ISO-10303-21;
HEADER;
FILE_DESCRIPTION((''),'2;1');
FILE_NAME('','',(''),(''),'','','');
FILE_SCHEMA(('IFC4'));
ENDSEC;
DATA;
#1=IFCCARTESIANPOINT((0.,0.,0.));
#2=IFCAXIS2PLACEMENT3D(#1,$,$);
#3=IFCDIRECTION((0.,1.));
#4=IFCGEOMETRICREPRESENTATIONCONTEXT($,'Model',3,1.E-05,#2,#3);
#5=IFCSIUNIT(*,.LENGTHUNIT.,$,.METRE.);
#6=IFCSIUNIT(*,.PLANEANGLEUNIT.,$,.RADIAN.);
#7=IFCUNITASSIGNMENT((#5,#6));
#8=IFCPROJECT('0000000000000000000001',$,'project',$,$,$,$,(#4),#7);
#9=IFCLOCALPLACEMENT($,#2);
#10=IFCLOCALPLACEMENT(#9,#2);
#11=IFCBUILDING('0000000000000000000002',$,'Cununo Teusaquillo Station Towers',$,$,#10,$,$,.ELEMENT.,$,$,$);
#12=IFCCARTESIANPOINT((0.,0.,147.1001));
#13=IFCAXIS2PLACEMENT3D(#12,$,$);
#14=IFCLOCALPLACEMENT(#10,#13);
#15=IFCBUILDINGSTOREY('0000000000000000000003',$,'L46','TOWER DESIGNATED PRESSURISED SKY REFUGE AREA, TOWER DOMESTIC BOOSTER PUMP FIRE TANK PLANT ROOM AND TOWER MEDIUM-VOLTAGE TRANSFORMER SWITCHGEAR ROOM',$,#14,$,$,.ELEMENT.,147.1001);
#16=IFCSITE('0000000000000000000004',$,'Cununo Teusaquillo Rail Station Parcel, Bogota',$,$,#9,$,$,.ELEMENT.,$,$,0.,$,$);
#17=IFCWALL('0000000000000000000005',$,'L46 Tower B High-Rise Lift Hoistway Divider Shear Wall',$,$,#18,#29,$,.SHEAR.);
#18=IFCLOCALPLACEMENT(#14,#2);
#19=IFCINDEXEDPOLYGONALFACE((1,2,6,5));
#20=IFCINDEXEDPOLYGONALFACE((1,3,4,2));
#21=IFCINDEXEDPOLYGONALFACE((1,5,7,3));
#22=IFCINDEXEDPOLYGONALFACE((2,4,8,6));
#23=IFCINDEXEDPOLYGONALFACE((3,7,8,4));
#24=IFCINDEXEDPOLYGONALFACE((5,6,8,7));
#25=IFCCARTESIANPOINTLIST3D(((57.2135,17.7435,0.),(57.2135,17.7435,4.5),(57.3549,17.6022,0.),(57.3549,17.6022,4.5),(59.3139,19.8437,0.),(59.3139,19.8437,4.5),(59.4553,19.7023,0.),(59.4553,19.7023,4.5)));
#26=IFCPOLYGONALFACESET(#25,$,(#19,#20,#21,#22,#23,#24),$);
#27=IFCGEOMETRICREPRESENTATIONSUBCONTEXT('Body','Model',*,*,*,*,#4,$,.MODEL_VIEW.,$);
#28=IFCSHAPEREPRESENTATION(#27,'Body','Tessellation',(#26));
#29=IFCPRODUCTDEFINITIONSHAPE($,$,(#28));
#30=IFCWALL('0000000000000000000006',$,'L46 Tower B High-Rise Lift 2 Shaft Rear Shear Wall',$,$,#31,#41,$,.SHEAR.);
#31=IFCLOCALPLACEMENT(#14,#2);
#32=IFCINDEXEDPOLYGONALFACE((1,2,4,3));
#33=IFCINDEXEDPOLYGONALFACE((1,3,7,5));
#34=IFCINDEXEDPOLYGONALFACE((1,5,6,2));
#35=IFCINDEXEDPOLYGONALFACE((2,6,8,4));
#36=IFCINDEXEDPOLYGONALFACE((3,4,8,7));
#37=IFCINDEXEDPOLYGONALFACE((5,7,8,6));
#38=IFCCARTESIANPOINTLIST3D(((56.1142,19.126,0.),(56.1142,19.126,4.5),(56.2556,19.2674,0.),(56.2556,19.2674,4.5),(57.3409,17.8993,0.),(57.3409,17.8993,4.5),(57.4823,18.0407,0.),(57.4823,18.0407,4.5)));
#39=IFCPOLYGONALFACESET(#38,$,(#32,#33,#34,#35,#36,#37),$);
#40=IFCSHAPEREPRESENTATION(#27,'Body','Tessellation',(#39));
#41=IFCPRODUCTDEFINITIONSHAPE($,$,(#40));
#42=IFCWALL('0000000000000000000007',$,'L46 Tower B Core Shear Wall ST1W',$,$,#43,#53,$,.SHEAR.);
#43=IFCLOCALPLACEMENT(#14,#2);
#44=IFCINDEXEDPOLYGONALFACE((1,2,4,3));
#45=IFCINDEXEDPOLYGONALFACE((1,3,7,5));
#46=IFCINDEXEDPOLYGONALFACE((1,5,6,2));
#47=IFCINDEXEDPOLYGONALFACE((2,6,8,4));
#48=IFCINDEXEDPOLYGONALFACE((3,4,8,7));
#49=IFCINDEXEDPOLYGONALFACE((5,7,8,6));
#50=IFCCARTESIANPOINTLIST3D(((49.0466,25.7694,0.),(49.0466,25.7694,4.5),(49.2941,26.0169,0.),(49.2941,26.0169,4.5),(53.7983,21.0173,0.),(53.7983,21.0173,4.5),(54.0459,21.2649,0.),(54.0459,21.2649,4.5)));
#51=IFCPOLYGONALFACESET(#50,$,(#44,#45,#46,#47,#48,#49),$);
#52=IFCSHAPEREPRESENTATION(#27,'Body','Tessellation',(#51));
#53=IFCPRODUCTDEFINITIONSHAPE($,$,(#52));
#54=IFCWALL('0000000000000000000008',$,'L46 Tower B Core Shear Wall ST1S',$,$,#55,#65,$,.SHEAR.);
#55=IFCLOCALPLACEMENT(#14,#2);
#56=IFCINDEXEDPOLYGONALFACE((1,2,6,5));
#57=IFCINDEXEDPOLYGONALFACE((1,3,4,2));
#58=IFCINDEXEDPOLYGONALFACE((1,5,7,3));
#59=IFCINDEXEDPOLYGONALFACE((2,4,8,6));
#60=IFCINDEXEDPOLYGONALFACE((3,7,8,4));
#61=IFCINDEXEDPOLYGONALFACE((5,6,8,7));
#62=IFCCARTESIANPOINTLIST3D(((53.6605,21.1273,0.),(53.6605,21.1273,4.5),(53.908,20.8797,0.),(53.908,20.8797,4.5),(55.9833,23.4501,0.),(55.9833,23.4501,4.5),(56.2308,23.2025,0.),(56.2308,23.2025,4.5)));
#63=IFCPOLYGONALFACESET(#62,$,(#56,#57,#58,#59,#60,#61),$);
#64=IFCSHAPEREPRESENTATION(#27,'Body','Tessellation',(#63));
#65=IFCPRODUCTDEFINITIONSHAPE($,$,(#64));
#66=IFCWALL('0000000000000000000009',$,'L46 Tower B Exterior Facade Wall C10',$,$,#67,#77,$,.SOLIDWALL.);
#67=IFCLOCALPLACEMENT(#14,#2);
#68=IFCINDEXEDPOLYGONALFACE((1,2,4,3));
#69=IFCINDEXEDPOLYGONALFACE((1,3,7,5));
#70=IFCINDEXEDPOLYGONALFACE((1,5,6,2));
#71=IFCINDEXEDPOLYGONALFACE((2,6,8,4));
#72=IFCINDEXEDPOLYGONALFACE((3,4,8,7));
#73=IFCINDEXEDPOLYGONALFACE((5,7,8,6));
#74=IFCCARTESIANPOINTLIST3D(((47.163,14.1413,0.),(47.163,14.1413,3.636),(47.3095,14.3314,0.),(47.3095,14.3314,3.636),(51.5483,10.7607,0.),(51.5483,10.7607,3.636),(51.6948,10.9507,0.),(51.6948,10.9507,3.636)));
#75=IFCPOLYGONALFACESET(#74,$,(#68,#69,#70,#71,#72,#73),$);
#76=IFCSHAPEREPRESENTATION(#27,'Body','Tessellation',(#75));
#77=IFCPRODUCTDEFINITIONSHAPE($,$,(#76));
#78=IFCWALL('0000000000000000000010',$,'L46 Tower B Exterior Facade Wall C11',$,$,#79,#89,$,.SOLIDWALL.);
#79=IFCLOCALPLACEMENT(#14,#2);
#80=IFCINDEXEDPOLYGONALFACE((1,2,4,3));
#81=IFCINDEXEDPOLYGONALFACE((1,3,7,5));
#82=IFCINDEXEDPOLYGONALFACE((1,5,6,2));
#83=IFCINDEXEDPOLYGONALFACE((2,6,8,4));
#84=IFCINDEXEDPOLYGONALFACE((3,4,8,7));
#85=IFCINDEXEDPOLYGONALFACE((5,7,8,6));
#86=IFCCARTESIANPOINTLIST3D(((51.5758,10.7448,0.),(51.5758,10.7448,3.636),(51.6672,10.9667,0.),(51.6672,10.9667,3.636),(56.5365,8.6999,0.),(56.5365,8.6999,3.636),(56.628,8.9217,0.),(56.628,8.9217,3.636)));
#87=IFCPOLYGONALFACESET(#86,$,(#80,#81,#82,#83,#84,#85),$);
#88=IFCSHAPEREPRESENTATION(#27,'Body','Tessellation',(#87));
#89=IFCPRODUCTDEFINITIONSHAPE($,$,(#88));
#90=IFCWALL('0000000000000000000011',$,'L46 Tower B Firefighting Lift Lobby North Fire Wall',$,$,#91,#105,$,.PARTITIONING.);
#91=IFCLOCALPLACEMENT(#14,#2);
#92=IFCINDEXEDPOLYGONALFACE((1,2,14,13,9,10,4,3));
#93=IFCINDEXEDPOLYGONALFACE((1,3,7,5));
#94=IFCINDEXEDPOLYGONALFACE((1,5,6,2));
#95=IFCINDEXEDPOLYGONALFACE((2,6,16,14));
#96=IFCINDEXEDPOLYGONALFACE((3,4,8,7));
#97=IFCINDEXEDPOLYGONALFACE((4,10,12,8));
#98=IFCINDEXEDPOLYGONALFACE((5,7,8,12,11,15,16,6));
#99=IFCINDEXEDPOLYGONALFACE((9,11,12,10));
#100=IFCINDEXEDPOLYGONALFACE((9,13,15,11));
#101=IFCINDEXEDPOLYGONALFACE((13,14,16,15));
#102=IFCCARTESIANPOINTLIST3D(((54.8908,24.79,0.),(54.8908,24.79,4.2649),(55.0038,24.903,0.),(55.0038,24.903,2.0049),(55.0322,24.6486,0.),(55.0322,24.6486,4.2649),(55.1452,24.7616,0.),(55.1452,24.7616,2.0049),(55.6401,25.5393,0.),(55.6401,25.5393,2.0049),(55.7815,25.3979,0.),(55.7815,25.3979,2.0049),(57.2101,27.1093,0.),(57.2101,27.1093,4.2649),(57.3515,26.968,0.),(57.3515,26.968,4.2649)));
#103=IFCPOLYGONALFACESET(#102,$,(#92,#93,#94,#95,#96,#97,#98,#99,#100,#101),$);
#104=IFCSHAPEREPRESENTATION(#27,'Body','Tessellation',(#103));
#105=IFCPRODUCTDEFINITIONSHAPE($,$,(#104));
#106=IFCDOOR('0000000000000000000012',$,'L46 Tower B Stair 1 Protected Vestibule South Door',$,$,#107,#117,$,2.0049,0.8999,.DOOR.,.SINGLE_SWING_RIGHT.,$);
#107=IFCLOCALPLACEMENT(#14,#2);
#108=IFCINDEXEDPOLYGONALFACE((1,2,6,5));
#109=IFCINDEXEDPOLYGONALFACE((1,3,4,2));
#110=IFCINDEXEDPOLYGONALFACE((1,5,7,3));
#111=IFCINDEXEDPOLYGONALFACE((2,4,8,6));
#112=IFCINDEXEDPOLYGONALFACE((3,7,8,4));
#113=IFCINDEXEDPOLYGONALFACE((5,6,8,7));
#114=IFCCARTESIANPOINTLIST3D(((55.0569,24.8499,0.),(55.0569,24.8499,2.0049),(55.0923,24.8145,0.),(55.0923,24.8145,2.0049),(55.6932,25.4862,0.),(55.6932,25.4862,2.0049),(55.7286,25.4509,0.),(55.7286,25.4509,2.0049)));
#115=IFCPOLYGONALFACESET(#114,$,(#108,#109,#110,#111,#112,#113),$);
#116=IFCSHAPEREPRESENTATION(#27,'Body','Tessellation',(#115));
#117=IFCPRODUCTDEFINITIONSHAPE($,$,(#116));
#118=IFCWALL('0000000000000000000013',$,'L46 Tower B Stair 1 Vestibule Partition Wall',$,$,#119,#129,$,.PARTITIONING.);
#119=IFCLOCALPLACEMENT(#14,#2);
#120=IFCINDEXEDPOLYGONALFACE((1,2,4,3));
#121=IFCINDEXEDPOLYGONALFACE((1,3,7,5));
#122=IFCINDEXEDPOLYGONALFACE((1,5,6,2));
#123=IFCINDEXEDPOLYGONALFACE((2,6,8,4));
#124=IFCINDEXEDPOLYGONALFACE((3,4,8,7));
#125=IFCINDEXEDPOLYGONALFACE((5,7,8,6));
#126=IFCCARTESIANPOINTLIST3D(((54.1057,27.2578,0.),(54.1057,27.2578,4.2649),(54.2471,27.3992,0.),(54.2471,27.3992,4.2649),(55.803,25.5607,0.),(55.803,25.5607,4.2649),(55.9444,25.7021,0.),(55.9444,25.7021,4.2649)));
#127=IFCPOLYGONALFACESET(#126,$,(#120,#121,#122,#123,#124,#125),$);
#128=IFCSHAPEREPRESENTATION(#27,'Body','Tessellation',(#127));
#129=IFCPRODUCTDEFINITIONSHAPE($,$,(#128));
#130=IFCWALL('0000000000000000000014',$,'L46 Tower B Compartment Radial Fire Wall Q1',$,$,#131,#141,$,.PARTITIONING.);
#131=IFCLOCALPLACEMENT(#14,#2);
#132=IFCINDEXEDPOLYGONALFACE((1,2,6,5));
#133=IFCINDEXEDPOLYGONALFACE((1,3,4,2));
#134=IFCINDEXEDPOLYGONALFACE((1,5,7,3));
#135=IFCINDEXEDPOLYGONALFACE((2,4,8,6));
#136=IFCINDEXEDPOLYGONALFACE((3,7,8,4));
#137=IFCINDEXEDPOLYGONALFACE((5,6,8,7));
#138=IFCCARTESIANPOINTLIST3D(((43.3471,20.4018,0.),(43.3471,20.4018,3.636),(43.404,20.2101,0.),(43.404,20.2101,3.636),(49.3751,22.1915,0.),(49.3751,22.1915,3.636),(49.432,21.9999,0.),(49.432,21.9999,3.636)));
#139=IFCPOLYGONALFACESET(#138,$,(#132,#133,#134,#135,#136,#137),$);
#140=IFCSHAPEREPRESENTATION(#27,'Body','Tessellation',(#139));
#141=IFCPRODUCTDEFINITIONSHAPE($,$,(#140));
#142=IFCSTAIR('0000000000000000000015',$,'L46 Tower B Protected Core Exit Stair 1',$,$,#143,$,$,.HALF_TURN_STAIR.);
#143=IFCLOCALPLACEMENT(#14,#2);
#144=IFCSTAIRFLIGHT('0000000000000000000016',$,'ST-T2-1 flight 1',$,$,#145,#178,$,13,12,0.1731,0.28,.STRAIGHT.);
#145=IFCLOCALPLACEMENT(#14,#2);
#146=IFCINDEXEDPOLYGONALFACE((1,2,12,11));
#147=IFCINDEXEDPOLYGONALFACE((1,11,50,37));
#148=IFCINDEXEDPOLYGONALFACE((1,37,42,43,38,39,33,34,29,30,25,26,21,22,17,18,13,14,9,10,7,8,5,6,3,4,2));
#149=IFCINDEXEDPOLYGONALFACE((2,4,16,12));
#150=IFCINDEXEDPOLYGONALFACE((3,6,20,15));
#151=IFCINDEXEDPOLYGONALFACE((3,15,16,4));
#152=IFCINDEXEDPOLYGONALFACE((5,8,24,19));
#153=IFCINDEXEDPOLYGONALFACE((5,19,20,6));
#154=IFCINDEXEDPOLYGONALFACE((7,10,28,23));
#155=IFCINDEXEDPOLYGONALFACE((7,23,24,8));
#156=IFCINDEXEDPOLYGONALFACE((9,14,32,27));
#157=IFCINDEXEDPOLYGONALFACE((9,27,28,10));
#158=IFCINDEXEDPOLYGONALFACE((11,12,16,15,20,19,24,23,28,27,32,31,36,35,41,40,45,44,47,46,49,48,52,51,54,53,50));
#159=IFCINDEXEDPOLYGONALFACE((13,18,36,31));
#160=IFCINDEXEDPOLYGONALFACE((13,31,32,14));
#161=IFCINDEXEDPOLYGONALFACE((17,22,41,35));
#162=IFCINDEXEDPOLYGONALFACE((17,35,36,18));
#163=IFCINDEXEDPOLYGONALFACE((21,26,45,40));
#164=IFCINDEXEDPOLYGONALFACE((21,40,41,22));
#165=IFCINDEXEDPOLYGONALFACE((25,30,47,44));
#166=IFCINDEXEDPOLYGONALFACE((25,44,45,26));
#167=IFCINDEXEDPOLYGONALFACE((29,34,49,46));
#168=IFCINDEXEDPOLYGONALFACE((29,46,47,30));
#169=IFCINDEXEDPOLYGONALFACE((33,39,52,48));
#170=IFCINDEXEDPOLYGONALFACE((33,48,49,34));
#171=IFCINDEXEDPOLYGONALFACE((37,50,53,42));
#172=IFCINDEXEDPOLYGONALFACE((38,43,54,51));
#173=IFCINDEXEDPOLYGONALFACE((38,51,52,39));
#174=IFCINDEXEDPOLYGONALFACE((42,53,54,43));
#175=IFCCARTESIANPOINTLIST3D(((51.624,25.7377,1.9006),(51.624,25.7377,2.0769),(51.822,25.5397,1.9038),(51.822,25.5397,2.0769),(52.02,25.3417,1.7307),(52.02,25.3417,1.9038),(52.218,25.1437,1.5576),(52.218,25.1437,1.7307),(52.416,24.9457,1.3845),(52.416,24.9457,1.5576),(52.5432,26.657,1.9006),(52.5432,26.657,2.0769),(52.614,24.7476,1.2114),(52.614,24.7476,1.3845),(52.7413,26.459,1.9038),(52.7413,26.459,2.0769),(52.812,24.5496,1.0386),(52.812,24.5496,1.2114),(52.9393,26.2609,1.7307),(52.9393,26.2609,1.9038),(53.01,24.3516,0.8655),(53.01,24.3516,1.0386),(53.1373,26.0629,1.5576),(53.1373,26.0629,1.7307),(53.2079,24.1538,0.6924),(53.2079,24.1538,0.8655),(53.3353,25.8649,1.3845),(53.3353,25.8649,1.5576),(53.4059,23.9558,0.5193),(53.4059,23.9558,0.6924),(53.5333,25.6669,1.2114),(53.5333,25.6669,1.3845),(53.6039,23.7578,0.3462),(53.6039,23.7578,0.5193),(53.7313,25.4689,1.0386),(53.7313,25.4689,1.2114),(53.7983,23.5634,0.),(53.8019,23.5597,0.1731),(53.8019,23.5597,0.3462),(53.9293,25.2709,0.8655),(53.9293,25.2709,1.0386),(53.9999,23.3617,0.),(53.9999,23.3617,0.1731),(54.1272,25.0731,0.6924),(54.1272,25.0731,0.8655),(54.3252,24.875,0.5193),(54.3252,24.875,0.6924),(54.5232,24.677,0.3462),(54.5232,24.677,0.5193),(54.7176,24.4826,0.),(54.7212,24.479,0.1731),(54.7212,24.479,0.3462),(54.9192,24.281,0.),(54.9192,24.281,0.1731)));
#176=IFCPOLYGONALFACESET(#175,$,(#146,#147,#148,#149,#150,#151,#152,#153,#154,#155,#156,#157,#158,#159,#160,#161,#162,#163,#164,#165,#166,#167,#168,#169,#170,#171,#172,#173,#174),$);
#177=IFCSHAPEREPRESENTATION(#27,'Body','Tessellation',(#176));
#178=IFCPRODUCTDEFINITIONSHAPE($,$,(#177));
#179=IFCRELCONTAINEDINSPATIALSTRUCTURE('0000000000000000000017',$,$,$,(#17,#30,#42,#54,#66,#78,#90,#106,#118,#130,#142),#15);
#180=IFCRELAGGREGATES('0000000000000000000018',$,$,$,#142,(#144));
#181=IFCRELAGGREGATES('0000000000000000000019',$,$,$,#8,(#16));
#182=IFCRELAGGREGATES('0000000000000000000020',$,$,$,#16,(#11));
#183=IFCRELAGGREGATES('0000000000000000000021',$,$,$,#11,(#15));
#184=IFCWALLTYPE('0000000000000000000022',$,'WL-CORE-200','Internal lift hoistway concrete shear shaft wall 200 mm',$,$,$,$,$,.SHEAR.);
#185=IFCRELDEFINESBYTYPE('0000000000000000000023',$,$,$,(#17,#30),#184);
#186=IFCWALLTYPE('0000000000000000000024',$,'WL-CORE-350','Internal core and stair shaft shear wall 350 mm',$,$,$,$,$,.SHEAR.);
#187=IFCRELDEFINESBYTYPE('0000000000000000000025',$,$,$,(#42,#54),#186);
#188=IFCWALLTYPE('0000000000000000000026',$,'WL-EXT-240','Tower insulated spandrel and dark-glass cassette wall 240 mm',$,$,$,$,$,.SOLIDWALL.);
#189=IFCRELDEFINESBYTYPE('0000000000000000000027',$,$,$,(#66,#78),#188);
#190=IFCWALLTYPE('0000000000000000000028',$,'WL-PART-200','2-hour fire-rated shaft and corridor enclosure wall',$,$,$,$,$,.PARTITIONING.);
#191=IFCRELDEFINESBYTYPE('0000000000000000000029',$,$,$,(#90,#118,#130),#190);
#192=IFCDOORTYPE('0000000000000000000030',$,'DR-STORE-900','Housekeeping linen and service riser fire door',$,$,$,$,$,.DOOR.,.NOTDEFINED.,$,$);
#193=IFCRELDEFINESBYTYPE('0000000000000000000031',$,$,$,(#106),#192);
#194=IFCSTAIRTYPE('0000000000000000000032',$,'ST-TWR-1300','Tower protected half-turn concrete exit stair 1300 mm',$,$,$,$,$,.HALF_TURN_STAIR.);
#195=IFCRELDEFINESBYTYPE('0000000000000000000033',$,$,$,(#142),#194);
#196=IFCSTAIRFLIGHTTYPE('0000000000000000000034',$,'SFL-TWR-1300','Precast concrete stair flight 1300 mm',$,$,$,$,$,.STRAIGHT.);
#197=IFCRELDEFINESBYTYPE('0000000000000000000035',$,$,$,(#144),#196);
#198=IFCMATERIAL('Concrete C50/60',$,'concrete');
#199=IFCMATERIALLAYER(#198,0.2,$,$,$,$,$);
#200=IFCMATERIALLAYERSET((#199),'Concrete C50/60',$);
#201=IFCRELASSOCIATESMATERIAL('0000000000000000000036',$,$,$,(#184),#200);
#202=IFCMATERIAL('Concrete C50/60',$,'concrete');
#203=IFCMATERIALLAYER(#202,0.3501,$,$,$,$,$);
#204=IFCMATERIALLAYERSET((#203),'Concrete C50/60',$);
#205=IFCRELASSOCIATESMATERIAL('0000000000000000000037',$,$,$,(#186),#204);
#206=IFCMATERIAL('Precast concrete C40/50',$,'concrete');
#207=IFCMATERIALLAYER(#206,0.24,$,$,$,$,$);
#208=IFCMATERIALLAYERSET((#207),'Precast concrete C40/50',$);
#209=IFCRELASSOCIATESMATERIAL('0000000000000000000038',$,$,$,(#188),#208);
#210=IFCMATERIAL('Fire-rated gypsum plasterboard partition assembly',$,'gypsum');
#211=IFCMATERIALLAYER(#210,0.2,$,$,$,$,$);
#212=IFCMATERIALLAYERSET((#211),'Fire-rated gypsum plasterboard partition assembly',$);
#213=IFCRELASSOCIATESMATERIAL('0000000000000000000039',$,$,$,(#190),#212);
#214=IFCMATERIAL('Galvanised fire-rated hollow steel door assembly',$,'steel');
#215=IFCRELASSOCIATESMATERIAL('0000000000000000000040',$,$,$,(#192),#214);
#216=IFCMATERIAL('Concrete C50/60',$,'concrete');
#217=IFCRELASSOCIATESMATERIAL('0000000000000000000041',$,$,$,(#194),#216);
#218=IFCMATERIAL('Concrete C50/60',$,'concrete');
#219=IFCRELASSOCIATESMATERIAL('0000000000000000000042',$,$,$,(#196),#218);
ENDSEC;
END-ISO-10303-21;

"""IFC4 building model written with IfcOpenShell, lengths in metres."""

from ifc_helpers import new_model, si_unit, direction, frame, frame_2d, origin, place, context, subcontext, project, spatial, polyline, rectangle, outline, extrude, source, transform, mapped, material, layer, layer_set, type_object, element, fill, aggregate, save


model = new_model("IFC4")

# Units and contexts
model_context = context("Model", 3, precision=1e-05, world=origin(), true_north=direction((0.0, 1.0)))
body_context = subcontext(model_context, "Body", "Model", "MODEL_VIEW")
ifc_project = project(units=[si_unit("LENGTHUNIT", "METRE"), si_unit("PLANEANGLEUNIT", "RADIAN")], contexts=[model_context])

# Site, building, storey
site_placement = place(None, origin())
site = spatial("IfcSite", under=ifc_project, at=site_placement, Name="Cununo Teusaquillo Rail Station Parcel, Bogota", CompositionType="ELEMENT", RefElevation=0.0)
building_placement = place(site_placement, origin())
building = spatial("IfcBuilding", under=site, at=building_placement, Name="Cununo Teusaquillo Station Towers", CompositionType="ELEMENT")
storey_placement = place(building_placement, frame((0.0, 0.0, 147.1001)))
storey = spatial("IfcBuildingStorey", under=building, at=storey_placement, Name="L46", Description="TOWER DESIGNATED PRESSURISED SKY REFUGE AREA, TOWER DOMESTIC BOOSTER PUMP FIRE TANK PLANT ROOM AND TOWER MEDIUM-VOLTAGE TRANSFORMER SWITCHGEAR ROOM", CompositionType="ELEMENT", Elevation=147.1001)

# Walls
ifc_material_1 = material(Name="Concrete C50/60", Category="concrete")
ifc_layer_1 = layer(ifc_material_1, 0.2)
ifc_layer_set_1 = layer_set([ifc_layer_1], Name="Concrete C50/60")
wall_type_1 = type_object("IfcWallType", Name="WL-CORE-200", Description="Internal lift hoistway concrete shear shaft wall 200 mm", PredefinedType="SHEAR", material=ifc_layer_set_1)
wall_1_placement = place(storey_placement, frame((57.2842, 17.6729, 0.0), z_axis=(0.0, 0.0, 1.0), x_axis=(0.707148, 0.707066, 0.0)))
element("IfcWall", 1, at=wall_1_placement, inside=storey, type_object=wall_type_1, Name="L46 Tower B High-Rise Lift Hoistway Divider Shear Wall", PredefinedType="SHEAR", context=body_context, shape_type="SweptSolid", body=[
    extrude(rectangle(XDim=2.9702, YDim=0.2, at=frame_2d((1.4851, 0.0))), origin(), (0.0, 0.0, 1.0), 4.5),
])
wall_2_placement = place(storey_placement, frame((57.4116, 17.97, 0.0), z_axis=(0.0, 0.0, 1.0), x_axis=(-0.707107, 0.707107, 0.0)))
element("IfcWall", 2, at=wall_2_placement, inside=storey, type_object=wall_type_1, Name="L46 Tower B High-Rise Lift 2 Shaft Rear Shear Wall", PredefinedType="SHEAR", context=body_context, shape_type="SweptSolid", body=[
    extrude(rectangle(XDim=1.7349, YDim=0.2, at=frame_2d((0.8674, 0.0))), origin(), (0.0, 0.0, 1.0), 4.5),
])
ifc_material_2 = material(Name="Concrete C50/60", Category="concrete")
ifc_layer_2 = layer(ifc_material_2, 0.3501)
ifc_layer_set_2 = layer_set([ifc_layer_2], Name="Concrete C50/60")
wall_type_2 = type_object("IfcWallType", Name="WL-CORE-350", Description="Internal core and stair shaft shear wall 350 mm", PredefinedType="SHEAR", material=ifc_layer_set_2)
wall_3_placement = place(storey_placement, frame((53.9221, 21.1411, 0.0), z_axis=(0.0, 0.0, 1.0), x_axis=(-0.707089, 0.707125, 0.0)))
element("IfcWall", 3, at=wall_3_placement, inside=storey, type_object=wall_type_2, Name="L46 Tower B Core Shear Wall ST1W", PredefinedType="SHEAR", context=body_context, shape_type="SweptSolid", body=[
    extrude(rectangle(XDim=6.7202, YDim=0.3501, at=frame_2d((3.3601, 0.0))), origin(), (0.0, 0.0, 1.0), 4.5),
])
wall_4_placement = place(storey_placement, frame((53.7842, 21.0034, 0.0), z_axis=(0.0, 0.0, 1.0), x_axis=(0.707107, 0.707107, 0.0)))
element("IfcWall", 4, at=wall_4_placement, inside=storey, type_object=wall_type_2, Name="L46 Tower B Core Shear Wall ST1S", PredefinedType="SHEAR", context=body_context, shape_type="SweptSolid", body=[
    extrude(rectangle(XDim=3.2849, YDim=0.3501, at=frame_2d((1.6426, 0.0))), origin(), (0.0, 0.0, 1.0), 4.5),
])
ifc_material_3 = material(Name="Precast concrete C40/50", Category="concrete")
ifc_layer_3 = layer(ifc_material_3, 0.24)
ifc_layer_set_3 = layer_set([ifc_layer_3], Name="Precast concrete C40/50")
wall_type_3 = type_object("IfcWallType", Name="WL-EXT-240", Description="Tower insulated spandrel and dark-glass cassette wall 240 mm", PredefinedType="SOLIDWALL", material=ifc_layer_set_3)
wall_5_placement = place(storey_placement, frame((51.6216, 10.8557, 0.0), z_axis=(0.0, 0.0, 1.0), x_axis=(-0.791983, 0.610544, 0.0)))
element("IfcWall", 5, at=wall_5_placement, inside=storey, type_object=wall_type_3, Name="L46 Tower B Exterior Facade Wall C10", PredefinedType="SOLIDWALL", context=body_context, shape_type="SweptSolid", body=[
    extrude(rectangle(XDim=5.5371, YDim=0.24, at=frame_2d((2.7686, 0.0))), origin(), (0.0, 0.0, 1.0), 3.636),
])
wall_6_placement = place(storey_placement, frame((56.5823, 8.8108, 0.0), z_axis=(0.0, 0.0, 1.0), x_axis=(-0.924528, 0.381114, 0.0)))
element("IfcWall", 6, at=wall_6_placement, inside=storey, type_object=wall_type_3, Name="L46 Tower B Exterior Facade Wall C11", PredefinedType="SOLIDWALL", context=body_context, shape_type="SweptSolid", body=[
    extrude(rectangle(XDim=5.3657, YDim=0.24, at=frame_2d((2.6829, 0.0))), origin(), (0.0, 0.0, 1.0), 3.636),
])

# Wall, opening, door
ifc_material_4 = material(Name="Fire-rated gypsum plasterboard partition assembly", Category="gypsum")
ifc_layer_4 = layer(ifc_material_4, 0.2)
ifc_layer_set_4 = layer_set([ifc_layer_4], Name="Fire-rated gypsum plasterboard partition assembly")
wall_type_4 = type_object("IfcWallType", Name="WL-PART-200", Description="2-hour fire-rated shaft and corridor enclosure wall", PredefinedType="PARTITIONING", material=ifc_layer_set_4)
wall_7_placement = place(storey_placement, frame((54.9614, 24.7192, 0.0), z_axis=(0.0, 0.0, 1.0), x_axis=(0.707107, 0.707107, 0.0)))
wall_7 = element("IfcWall", 7, at=wall_7_placement, inside=storey, type_object=wall_type_4, Name="L46 Tower B Firefighting Lift Lobby North Fire Wall", PredefinedType="PARTITIONING", context=body_context, shape_type="SweptSolid", body=[
    extrude(rectangle(XDim=3.28, YDim=0.2, at=frame_2d((1.6401, 0.0))), origin(), (0.0, 0.0, 1.0), 4.2649),
])
shared_shape_1 = source(origin(), body_context, "Body", "SweptSolid", [
    extrude(rectangle(XDim=0.8999, YDim=2.0049, at=frame_2d((0.45, 1.0024))), frame((0.0, 0.1099, 0.0), z_axis=(0.0, -1.0, 0.0), x_axis=(1.0, 0.0, 0.0)), (0.0, 0.0, 1.0), 0.22),
])
opening_placement = place(wall_7_placement, frame((0.1599, 0.0, 0.0)))
opening = element("IfcOpeningElement", 8, at=opening_placement, cuts=wall_7, PredefinedType="OPENING", context=body_context, shape_type="MappedRepresentation", body=[
    mapped(shared_shape_1, transform((0.0, 0.0, 0.0), x_axis=(1.0, 0.0, 0.0), y_axis=(0.0, 1.0, 0.0), z_axis=(0.0, 0.0, 1.0), scale=1.0)),
])
ifc_material_5 = material(Name="Galvanised fire-rated hollow steel door assembly", Category="steel")
door_type = type_object("IfcDoorType", Name="DR-STORE-900", Description="Housekeeping linen and service riser fire door", OperationType="NOTDEFINED", PredefinedType="DOOR", material=ifc_material_5)
shared_shape_2 = source(origin(), body_context, "Body", "SweptSolid", [
    extrude(rectangle(XDim=0.8999, YDim=2.0049, at=frame_2d((0.45, 1.0024))), frame((0.0, 0.0249, 0.0), z_axis=(0.0, -1.0, 0.0), x_axis=(1.0, 0.0, 0.0)), (0.0, 0.0, 1.0), 0.05),
])
door_placement = place(opening_placement, origin())
door = element("IfcDoor", 9, at=door_placement, inside=storey, type_object=door_type, Name="L46 Tower B Stair 1 Protected Vestibule South Door", OperationType="SINGLE_SWING_RIGHT", OverallHeight=2.0049, OverallWidth=0.8999, PredefinedType="DOOR", context=body_context, shape_type="MappedRepresentation", body=[
    mapped(shared_shape_2, transform((0.0, 0.0, 0.0), x_axis=(1.0, 0.0, 0.0), y_axis=(0.0, 1.0, 0.0), z_axis=(0.0, 0.0, 1.0), scale=1.0)),
])
fill(opening, door)

# Walls
wall_8_placement = place(storey_placement, frame((55.8738, 25.6313, 0.0), z_axis=(0.0, 0.0, 1.0), x_axis=(-0.707158, 0.707056, 0.0)))
element("IfcWall", 10, at=wall_8_placement, inside=storey, type_object=wall_type_4, Name="L46 Tower B Stair 1 Vestibule Partition Wall", PredefinedType="PARTITIONING", context=body_context, shape_type="SweptSolid", body=[
    extrude(rectangle(XDim=2.4001, YDim=0.2, at=frame_2d((1.2002, 0.0))), origin(), (0.0, 0.0, 1.0), 4.2649),
])
wall_9_placement = place(storey_placement, frame((49.4036, 22.0957, 0.0), z_axis=(0.0, 0.0, 1.0), x_axis=(-0.958638, -0.284629, 0.0)))
element("IfcWall", 11, at=wall_9_placement, inside=storey, type_object=wall_type_4, Name="L46 Tower B Compartment Radial Fire Wall Q1", PredefinedType="PARTITIONING", context=body_context, shape_type="SweptSolid", body=[
    extrude(rectangle(XDim=6.2881, YDim=0.2, at=frame_2d((3.144, 0.0))), origin(), (0.0, 0.0, 1.0), 3.636),
])

# Stair, stair flight
ifc_material_6 = material(Name="Concrete C50/60", Category="concrete")
stair_type = type_object("IfcStairType", Name="ST-TWR-1300", Description="Tower protected half-turn concrete exit stair 1300 mm", PredefinedType="HALF_TURN_STAIR", material=ifc_material_6)
stair_placement = place(storey_placement, origin())
stair = element("IfcStair", 12, at=stair_placement, inside=storey, type_object=stair_type, Name="L46 Tower B Protected Core Exit Stair 1", PredefinedType="HALF_TURN_STAIR")
ifc_material_7 = material(Name="Concrete C50/60", Category="concrete")
stair_flight_type = type_object("IfcStairFlightType", Name="SFL-TWR-1300", Description="Precast concrete stair flight 1300 mm", PredefinedType="STRAIGHT", material=ifc_material_7)
stair_flight_1_placement = place(storey_placement, frame((54.4595, 23.8213, 0.0), z_axis=(0.0, 0.0, 1.0), x_axis=(-0.707107, 0.707107, 0.0)))
stair_flight_1 = element("IfcStairFlight", 13, at=stair_flight_1_placement, type_object=stair_flight_type, Name="ST-T2-1 flight 1", NumberOfRisers=13, NumberOfTreads=12, PredefinedType="STRAIGHT", RiserHeight=0.1731, TreadLength=0.28, context=body_context, shape_type="SweptSolid", body=[
    extrude(outline(polyline([(0.0, 0.0), (0.0, 0.1731), (0.28, 0.1731), (0.28, 0.3462), (0.5601, 0.3462), (0.5601, 0.5193), (0.8401, 0.5193), (0.8401, 0.6924), (1.1201, 0.6924), (1.1201, 0.8655), (1.3999, 0.8655), (1.3999, 1.0386), (1.6799, 1.0386), (1.6799, 1.2114), (1.96, 1.2114), (1.96, 1.3845), (2.24, 1.3845), (2.24, 1.5576), (2.52, 1.5576), (2.52, 1.7307), (2.8, 1.7307), (2.8, 1.9038), (3.0801, 1.9038), (3.0801, 2.0769), (3.3601, 2.0769), (3.3601, 2.25), (3.3601, 1.9006), (0.2852, 0.0), (0.0, 0.0)])), frame((0.0, 0.6499, 0.0), z_axis=(0.0, -1.0, 0.0), x_axis=(1.0, 0.0, 0.0)), (0.0, 0.0, 1.0), 1.3),
])
aggregate(stair, [stair_flight_1])

save(model, "model.ifc")
